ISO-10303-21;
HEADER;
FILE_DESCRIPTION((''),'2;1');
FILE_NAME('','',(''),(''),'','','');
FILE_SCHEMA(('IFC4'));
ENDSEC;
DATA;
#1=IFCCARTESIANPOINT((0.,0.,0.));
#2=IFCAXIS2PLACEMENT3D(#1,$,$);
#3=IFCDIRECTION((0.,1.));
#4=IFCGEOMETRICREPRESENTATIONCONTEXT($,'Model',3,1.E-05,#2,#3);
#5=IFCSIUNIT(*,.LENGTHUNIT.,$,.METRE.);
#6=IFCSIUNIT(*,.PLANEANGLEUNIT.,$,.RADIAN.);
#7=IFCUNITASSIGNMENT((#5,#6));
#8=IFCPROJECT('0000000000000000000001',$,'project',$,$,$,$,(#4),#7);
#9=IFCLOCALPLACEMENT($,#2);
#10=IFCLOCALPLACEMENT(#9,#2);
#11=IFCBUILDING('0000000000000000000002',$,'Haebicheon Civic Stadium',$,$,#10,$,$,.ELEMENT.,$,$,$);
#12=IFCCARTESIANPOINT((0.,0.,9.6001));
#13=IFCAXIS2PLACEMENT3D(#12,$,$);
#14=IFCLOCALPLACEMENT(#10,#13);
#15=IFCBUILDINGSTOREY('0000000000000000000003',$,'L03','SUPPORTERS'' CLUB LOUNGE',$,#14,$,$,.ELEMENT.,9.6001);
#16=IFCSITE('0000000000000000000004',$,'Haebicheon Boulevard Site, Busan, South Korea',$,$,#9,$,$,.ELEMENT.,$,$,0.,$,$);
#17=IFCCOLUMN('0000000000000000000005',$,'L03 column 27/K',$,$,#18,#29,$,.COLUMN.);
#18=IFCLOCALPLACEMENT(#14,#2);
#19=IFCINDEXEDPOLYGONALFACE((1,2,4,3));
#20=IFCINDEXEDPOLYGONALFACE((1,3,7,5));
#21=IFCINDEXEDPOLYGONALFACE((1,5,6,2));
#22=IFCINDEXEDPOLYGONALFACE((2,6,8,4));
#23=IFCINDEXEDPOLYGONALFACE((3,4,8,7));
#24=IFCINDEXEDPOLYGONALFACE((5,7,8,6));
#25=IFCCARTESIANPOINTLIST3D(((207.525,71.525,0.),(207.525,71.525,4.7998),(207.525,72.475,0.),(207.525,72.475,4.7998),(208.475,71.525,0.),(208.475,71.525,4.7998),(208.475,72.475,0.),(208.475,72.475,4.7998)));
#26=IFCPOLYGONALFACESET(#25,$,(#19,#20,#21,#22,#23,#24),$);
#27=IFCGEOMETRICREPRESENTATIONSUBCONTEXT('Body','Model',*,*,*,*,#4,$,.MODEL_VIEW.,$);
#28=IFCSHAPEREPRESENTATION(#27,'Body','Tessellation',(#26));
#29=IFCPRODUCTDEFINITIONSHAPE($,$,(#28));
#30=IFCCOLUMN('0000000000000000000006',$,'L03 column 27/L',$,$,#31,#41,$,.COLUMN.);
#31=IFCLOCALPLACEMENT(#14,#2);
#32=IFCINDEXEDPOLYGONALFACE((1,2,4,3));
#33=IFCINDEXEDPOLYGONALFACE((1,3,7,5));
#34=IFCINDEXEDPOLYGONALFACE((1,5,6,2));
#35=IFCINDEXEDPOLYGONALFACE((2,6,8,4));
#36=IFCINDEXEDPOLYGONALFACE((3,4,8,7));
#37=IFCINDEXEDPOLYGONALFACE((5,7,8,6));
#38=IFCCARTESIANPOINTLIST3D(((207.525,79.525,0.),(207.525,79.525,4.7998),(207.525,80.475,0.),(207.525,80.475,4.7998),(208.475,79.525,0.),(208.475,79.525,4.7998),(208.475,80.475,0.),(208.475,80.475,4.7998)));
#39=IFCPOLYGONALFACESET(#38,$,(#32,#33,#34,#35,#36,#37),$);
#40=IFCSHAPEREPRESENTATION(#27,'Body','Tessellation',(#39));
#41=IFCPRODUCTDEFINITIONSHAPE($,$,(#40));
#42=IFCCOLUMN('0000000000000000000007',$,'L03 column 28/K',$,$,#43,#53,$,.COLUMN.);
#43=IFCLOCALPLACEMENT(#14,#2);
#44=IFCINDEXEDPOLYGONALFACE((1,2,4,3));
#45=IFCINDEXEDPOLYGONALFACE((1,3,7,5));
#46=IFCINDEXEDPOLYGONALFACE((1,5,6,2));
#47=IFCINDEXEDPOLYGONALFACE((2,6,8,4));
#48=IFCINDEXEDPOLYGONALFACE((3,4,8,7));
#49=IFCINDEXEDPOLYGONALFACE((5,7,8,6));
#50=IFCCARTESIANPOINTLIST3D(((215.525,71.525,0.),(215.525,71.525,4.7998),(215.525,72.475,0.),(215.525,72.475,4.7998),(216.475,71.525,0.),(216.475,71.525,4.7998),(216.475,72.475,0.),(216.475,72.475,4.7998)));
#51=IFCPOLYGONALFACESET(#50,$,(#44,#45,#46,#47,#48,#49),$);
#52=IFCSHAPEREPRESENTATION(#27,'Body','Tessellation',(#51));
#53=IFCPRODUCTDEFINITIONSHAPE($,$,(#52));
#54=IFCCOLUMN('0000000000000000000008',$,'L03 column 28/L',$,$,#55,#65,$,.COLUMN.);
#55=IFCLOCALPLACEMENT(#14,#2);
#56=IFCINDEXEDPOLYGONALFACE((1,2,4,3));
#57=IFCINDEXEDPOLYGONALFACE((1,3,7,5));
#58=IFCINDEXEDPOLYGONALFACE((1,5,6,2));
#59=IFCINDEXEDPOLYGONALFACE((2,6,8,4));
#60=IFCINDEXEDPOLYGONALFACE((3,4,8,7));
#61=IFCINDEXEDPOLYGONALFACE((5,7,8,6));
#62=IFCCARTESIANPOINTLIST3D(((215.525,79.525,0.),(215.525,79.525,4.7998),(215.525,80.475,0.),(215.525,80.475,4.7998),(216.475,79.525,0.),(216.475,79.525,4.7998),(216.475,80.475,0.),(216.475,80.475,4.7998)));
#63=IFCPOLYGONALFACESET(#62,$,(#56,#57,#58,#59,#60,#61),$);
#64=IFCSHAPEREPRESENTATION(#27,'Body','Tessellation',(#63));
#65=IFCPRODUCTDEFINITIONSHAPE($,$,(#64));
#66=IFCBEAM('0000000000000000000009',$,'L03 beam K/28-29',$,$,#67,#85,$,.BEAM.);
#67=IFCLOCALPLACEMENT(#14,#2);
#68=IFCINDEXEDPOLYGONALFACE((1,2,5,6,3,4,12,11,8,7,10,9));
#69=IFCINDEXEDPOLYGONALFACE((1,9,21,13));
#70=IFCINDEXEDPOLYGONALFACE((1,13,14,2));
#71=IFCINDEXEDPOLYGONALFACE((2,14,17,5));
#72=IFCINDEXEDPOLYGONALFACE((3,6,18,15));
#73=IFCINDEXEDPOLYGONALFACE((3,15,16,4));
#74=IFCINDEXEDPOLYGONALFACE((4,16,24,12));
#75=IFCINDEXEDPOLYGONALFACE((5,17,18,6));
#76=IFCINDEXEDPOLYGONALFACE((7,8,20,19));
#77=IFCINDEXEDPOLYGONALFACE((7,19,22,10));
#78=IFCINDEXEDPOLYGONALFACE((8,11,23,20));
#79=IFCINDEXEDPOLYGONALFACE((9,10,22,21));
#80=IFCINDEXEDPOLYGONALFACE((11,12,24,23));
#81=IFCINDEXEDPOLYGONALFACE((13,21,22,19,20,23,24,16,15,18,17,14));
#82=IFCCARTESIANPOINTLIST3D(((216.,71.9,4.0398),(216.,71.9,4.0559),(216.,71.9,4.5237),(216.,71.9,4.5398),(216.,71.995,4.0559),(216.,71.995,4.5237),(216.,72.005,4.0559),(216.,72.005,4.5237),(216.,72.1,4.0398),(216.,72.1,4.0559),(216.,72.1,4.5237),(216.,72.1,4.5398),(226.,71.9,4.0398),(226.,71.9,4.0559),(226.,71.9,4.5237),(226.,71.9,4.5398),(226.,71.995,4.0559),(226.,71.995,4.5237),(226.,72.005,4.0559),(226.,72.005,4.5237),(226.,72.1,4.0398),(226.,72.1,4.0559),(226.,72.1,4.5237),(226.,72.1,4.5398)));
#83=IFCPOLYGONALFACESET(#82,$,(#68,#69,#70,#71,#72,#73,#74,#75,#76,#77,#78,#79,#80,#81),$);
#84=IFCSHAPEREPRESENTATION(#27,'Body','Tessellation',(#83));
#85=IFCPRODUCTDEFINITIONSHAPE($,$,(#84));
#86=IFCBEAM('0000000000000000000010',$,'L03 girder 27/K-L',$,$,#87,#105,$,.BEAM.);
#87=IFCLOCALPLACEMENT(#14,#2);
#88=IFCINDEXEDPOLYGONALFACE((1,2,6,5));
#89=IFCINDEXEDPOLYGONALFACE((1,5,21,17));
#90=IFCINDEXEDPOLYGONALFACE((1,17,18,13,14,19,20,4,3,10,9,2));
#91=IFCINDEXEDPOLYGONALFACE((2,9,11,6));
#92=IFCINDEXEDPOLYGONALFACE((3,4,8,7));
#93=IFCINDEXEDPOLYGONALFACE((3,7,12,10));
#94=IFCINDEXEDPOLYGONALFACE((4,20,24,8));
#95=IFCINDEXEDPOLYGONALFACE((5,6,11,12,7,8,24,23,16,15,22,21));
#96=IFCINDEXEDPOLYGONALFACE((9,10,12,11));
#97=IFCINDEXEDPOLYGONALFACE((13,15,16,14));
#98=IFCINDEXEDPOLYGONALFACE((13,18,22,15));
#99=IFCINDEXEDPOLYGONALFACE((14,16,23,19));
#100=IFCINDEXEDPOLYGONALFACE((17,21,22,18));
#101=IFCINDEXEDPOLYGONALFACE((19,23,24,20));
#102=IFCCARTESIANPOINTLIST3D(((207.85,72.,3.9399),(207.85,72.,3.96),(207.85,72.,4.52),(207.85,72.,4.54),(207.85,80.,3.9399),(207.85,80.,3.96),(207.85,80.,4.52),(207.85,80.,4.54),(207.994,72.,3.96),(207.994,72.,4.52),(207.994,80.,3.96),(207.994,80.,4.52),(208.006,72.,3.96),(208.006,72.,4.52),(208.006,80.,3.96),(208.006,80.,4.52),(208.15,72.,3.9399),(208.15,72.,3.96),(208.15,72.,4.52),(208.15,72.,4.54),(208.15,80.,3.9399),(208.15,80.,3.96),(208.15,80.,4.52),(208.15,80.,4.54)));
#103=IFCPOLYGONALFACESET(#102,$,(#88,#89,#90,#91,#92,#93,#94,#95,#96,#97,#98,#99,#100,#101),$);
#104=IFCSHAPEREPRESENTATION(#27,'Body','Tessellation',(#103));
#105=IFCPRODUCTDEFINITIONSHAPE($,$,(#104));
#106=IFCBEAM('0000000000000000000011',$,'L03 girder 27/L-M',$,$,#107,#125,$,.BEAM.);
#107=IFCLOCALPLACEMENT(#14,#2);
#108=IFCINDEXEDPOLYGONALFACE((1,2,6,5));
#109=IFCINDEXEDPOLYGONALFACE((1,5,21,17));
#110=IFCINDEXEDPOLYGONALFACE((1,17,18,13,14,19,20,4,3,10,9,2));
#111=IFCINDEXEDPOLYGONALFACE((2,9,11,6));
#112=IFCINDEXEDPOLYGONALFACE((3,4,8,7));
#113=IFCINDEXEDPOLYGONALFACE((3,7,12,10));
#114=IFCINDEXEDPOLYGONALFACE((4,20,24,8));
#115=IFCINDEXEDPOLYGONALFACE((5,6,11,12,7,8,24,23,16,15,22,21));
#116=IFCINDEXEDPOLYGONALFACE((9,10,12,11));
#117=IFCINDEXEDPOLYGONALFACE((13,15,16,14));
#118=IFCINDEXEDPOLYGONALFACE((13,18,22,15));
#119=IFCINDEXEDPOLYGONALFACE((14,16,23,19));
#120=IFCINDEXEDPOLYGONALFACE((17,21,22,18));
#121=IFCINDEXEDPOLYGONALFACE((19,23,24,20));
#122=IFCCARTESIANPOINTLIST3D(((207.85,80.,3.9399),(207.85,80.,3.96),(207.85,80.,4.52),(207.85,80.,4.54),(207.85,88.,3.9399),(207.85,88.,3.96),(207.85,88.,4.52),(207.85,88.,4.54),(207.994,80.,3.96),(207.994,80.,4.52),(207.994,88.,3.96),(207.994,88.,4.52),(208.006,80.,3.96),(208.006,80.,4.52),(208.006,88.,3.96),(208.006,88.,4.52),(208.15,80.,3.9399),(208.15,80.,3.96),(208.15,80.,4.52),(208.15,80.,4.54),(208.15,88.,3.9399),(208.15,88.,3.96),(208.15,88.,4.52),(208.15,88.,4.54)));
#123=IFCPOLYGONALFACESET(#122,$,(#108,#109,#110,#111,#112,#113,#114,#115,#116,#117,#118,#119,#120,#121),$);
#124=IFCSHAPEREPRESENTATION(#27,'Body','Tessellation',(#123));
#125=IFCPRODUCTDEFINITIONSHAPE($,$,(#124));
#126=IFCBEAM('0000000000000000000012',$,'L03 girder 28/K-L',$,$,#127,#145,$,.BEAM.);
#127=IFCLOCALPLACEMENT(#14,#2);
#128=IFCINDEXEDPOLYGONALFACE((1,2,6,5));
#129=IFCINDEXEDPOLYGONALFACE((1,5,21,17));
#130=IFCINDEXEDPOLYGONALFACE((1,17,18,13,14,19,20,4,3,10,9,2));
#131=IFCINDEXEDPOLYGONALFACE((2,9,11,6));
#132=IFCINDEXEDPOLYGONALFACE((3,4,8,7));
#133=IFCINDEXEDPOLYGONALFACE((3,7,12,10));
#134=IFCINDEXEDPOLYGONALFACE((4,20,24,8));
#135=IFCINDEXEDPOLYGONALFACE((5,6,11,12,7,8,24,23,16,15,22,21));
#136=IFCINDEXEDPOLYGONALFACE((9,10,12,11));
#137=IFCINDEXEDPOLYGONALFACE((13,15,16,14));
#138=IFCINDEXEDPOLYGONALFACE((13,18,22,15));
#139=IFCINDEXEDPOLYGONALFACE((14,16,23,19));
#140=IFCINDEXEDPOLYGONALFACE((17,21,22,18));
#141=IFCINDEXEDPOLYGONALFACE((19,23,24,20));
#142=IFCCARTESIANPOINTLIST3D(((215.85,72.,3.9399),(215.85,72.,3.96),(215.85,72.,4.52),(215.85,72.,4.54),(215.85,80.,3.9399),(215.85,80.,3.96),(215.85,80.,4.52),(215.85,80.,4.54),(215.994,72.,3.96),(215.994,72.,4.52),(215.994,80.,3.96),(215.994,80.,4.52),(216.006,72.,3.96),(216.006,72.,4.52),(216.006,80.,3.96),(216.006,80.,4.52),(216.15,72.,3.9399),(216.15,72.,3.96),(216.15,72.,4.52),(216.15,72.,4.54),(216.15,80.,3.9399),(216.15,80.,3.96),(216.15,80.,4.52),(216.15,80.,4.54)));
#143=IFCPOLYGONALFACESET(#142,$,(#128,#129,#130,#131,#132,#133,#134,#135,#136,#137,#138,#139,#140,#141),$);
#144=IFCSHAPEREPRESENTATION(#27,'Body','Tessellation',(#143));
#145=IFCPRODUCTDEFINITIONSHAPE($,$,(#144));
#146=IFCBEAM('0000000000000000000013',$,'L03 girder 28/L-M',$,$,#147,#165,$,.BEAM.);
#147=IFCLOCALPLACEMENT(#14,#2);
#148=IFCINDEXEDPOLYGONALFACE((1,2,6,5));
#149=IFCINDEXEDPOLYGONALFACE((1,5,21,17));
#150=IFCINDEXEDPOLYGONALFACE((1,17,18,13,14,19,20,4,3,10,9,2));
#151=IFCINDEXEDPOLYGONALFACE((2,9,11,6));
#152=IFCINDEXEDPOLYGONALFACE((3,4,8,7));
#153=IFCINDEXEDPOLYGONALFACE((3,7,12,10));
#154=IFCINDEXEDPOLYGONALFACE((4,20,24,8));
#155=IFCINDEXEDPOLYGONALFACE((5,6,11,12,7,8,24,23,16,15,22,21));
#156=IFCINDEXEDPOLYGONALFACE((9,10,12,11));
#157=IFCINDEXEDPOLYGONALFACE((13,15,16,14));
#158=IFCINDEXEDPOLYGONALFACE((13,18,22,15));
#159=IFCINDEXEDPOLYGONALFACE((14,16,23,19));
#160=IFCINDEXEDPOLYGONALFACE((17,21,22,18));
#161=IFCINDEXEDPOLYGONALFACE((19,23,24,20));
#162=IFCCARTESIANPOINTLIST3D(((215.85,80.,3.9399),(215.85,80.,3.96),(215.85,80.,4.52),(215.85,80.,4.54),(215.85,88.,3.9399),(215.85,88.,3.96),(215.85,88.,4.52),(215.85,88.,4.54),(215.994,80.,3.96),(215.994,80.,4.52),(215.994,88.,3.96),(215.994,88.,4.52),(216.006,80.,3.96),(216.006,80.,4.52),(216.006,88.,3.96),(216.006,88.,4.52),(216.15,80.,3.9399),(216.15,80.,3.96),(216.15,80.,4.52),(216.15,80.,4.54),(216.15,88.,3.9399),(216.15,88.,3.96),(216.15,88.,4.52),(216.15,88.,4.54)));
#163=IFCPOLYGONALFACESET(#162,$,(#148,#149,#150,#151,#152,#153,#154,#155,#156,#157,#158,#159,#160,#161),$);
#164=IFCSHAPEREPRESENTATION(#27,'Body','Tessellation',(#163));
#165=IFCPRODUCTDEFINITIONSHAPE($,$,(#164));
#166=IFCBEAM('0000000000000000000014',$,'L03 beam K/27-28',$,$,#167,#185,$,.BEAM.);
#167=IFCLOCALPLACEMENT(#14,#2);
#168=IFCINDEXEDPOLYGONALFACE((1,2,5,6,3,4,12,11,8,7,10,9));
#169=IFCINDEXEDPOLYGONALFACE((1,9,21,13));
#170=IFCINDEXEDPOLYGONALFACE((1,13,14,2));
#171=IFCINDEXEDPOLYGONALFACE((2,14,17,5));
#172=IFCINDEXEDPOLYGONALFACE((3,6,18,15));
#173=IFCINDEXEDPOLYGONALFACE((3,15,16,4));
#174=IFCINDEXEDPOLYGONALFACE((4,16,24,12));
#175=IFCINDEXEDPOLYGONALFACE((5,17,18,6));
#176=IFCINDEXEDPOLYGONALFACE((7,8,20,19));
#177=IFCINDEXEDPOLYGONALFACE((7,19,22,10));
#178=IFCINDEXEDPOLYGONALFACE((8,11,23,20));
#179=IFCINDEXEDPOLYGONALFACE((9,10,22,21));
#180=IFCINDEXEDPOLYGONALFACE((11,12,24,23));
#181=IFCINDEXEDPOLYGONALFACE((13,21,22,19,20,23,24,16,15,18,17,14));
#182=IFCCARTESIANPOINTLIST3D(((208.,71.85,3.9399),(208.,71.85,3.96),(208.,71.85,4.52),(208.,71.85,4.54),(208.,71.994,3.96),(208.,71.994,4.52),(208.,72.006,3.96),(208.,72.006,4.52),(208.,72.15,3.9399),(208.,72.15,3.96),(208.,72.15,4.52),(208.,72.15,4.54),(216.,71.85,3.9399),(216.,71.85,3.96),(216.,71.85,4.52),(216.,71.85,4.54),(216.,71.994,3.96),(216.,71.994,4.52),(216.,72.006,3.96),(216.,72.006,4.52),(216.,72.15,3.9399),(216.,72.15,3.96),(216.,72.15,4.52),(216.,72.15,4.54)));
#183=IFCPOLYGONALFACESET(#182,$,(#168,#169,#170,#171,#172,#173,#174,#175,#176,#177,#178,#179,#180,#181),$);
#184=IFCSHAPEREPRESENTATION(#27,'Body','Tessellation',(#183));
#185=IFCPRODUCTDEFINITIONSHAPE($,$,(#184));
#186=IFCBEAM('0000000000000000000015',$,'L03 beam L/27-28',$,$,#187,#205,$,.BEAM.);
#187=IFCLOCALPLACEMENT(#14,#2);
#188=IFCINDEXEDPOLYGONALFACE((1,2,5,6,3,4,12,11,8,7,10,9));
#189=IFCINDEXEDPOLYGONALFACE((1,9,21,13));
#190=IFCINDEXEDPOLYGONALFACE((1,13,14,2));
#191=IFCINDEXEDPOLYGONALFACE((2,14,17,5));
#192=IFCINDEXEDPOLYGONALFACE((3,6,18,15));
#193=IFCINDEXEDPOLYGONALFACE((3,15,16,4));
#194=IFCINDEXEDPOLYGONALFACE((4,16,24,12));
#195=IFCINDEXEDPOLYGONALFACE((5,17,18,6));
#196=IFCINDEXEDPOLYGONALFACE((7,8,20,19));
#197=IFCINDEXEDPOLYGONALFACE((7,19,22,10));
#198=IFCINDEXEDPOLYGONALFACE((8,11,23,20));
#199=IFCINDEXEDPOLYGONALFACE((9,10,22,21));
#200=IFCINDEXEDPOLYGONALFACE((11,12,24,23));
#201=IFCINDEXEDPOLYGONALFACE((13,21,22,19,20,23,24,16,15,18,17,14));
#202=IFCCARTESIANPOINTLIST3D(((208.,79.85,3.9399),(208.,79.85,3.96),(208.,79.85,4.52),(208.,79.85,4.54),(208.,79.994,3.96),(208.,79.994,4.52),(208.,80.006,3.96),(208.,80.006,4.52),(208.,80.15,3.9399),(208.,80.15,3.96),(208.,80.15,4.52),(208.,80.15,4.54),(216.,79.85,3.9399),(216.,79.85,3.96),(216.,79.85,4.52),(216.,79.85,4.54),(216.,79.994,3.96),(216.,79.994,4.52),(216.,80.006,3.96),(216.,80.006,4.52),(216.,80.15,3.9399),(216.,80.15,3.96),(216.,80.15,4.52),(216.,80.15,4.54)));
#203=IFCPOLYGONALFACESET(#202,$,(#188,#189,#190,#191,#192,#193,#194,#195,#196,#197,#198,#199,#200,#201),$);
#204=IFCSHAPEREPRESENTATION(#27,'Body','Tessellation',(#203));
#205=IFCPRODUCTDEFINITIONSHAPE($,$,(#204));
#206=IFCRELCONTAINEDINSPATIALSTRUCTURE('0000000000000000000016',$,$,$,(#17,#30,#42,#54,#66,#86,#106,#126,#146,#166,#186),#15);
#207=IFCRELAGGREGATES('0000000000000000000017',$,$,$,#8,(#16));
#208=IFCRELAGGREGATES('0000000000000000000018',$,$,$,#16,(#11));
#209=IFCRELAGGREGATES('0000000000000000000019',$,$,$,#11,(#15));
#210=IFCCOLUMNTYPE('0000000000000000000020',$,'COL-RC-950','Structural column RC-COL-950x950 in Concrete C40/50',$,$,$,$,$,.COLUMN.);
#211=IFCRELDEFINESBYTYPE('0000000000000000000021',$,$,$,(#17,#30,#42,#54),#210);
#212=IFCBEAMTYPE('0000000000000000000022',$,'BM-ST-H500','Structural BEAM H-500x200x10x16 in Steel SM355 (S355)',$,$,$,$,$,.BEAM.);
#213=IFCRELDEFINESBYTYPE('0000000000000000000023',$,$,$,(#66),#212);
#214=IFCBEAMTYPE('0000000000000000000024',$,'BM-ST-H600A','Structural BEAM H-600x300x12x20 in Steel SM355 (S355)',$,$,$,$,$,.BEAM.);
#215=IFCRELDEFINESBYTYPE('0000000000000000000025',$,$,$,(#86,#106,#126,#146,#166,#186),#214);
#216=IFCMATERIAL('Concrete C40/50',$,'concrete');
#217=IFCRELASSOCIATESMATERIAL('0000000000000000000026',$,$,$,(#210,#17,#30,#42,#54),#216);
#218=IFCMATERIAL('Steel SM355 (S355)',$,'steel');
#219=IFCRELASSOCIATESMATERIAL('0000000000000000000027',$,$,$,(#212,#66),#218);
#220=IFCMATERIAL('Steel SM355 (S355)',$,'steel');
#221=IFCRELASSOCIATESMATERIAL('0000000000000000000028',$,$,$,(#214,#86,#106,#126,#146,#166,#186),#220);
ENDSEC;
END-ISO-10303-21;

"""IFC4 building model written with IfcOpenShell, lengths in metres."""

from ifc_helpers import new_model, si_unit, direction, frame, origin, origin_2d, place, context, subcontext, project, spatial, rectangle, i_section, extrude, material, material_profile, profile_set, type_object, element, save


model = new_model("IFC4")

# Units and contexts
model_context = context("Model", 3, precision=1e-05, world=origin(), true_north=direction((0.0, 1.0)))
body_context = subcontext(model_context, "Body", "Model", "MODEL_VIEW")
ifc_project = project(units=[si_unit("LENGTHUNIT", "METRE"), si_unit("PLANEANGLEUNIT", "RADIAN")], contexts=[model_context])

# Site, building, storey
site_placement = place(None, origin())
site = spatial("IfcSite", under=ifc_project, at=site_placement, Name="Haebicheon Boulevard Site, Busan, South Korea", CompositionType="ELEMENT", RefElevation=0.0)
building_placement = place(site_placement, origin())
building = spatial("IfcBuilding", under=site, at=building_placement, Name="Haebicheon Civic Stadium", CompositionType="ELEMENT")
storey_placement = place(building_placement, frame((0.0, 0.0, 9.6001)))
storey = spatial("IfcBuildingStorey", under=building, at=storey_placement, Name="L03", Description="SUPPORTERS' CLUB LOUNGE", CompositionType="ELEMENT", Elevation=9.6001)

# Columns
ifc_material_1 = material(Name="Concrete C40/50", Category="concrete")
ifc_material_profile_1 = material_profile(ifc_material_1, rectangle(XDim=0.95, YDim=0.95, at=origin_2d()), Name="RC-COL-950x950")
ifc_profile_set_1 = profile_set([ifc_material_profile_1], Name="Concrete C40/50")
column_type = type_object("IfcColumnType", Name="COL-RC-950", Description="Structural column RC-COL-950x950 in Concrete C40/50", PredefinedType="COLUMN", material=ifc_profile_set_1)
for number, where, z_axis, x_axis, name in (
    (1, (208.0, 72.0, 0.0), (0.0, 0.0, 1.0), (1.0, 0.0, 0.0), "L03 column 27/K"),
    (2, (208.0, 80.0, 0.0), (0.0, 0.0, 1.0), (1.0, 0.0, 0.0), "L03 column 27/L"),
    (3, (216.0, 72.0, 0.0), (0.0, 0.0, 1.0), (1.0, 0.0, 0.0), "L03 column 28/K"),
    (4, (216.0, 80.0, 0.0), (0.0, 0.0, 1.0), (1.0, 0.0, 0.0), "L03 column 28/L"),
):
    element("IfcColumn", number, at=place(storey_placement, frame(where, z_axis=z_axis, x_axis=x_axis)), inside=storey, type_object=column_type, material=ifc_profile_set_1, Name=name, PredefinedType="COLUMN", context=body_context, shape_type="SweptSolid", body=[
        extrude(rectangle(XDim=0.95, YDim=0.95, at=origin_2d()), origin(), (0.0, 0.0, 1.0), 4.7998),
    ])

# Beams
ifc_material_2 = material(Name="Steel SM355 (S355)", Category="steel")
ifc_material_profile_2 = material_profile(ifc_material_2, i_section(OverallWidth=0.2, OverallDepth=0.5, WebThickness=0.01, FlangeThickness=0.0161, at=origin_2d()), Name="H-500x200x10x16")
ifc_profile_set_2 = profile_set([ifc_material_profile_2], Name="Steel SM355 (S355)")
beam_type_1 = type_object("IfcBeamType", Name="BM-ST-H500", Description="Structural BEAM H-500x200x10x16 in Steel SM355 (S355)", PredefinedType="BEAM", material=ifc_profile_set_2)
beam_1_placement = place(storey_placement, frame((216.0, 72.0, 4.2898), z_axis=(1.0, 0.0, 0.0), x_axis=(0.0, 1.0, 0.0)))
element("IfcBeam", 5, at=beam_1_placement, inside=storey, type_object=beam_type_1, material=ifc_profile_set_2, Name="L03 beam K/28-29", PredefinedType="BEAM", context=body_context, shape_type="SweptSolid", body=[
    extrude(i_section(OverallWidth=0.2, OverallDepth=0.5, WebThickness=0.01, FlangeThickness=0.0161, at=origin_2d()), origin(), (0.0, 0.0, 1.0), 10.0),
])
ifc_material_3 = material(Name="Steel SM355 (S355)", Category="steel")
ifc_material_profile_3 = material_profile(ifc_material_3, i_section(OverallWidth=0.3, OverallDepth=0.6001, WebThickness=0.012, FlangeThickness=0.02, at=origin_2d()), Name="H-600x300x12x20")
ifc_profile_set_3 = profile_set([ifc_material_profile_3], Name="Steel SM355 (S355)")
beam_type_2 = type_object("IfcBeamType", Name="BM-ST-H600A", Description="Structural BEAM H-600x300x12x20 in Steel SM355 (S355)", PredefinedType="BEAM", material=ifc_profile_set_3)
for number, where, z_axis, x_axis, name in (
    (6, (208.0, 72.0, 4.24), (0.0, 1.0, 0.0), (-1.0, 0.0, 0.0), "L03 girder 27/K-L"),
    (7, (208.0, 80.0, 4.24), (0.0, 1.0, 0.0), (-1.0, 0.0, 0.0), "L03 girder 27/L-M"),
    (8, (216.0, 72.0, 4.24), (0.0, 1.0, 0.0), (-1.0, 0.0, 0.0), "L03 girder 28/K-L"),
    (9, (216.0, 80.0, 4.24), (0.0, 1.0, 0.0), (-1.0, 0.0, 0.0), "L03 girder 28/L-M"),
    (10, (208.0, 72.0, 4.24), (1.0, 0.0, 0.0), (0.0, 1.0, 0.0), "L03 beam K/27-28"),
    (11, (208.0, 80.0, 4.24), (1.0, 0.0, 0.0), (0.0, 1.0, 0.0), "L03 beam L/27-28"),
):
    element("IfcBeam", number, at=place(storey_placement, frame(where, z_axis=z_axis, x_axis=x_axis)), inside=storey, type_object=beam_type_2, material=ifc_profile_set_3, Name=name, PredefinedType="BEAM", context=body_context, shape_type="SweptSolid", body=[
        extrude(i_section(OverallWidth=0.3, OverallDepth=0.6001, WebThickness=0.012, FlangeThickness=0.02, at=origin_2d()), origin(), (0.0, 0.0, 1.0), 8.0),
    ])

save(model, "model.ifc")
